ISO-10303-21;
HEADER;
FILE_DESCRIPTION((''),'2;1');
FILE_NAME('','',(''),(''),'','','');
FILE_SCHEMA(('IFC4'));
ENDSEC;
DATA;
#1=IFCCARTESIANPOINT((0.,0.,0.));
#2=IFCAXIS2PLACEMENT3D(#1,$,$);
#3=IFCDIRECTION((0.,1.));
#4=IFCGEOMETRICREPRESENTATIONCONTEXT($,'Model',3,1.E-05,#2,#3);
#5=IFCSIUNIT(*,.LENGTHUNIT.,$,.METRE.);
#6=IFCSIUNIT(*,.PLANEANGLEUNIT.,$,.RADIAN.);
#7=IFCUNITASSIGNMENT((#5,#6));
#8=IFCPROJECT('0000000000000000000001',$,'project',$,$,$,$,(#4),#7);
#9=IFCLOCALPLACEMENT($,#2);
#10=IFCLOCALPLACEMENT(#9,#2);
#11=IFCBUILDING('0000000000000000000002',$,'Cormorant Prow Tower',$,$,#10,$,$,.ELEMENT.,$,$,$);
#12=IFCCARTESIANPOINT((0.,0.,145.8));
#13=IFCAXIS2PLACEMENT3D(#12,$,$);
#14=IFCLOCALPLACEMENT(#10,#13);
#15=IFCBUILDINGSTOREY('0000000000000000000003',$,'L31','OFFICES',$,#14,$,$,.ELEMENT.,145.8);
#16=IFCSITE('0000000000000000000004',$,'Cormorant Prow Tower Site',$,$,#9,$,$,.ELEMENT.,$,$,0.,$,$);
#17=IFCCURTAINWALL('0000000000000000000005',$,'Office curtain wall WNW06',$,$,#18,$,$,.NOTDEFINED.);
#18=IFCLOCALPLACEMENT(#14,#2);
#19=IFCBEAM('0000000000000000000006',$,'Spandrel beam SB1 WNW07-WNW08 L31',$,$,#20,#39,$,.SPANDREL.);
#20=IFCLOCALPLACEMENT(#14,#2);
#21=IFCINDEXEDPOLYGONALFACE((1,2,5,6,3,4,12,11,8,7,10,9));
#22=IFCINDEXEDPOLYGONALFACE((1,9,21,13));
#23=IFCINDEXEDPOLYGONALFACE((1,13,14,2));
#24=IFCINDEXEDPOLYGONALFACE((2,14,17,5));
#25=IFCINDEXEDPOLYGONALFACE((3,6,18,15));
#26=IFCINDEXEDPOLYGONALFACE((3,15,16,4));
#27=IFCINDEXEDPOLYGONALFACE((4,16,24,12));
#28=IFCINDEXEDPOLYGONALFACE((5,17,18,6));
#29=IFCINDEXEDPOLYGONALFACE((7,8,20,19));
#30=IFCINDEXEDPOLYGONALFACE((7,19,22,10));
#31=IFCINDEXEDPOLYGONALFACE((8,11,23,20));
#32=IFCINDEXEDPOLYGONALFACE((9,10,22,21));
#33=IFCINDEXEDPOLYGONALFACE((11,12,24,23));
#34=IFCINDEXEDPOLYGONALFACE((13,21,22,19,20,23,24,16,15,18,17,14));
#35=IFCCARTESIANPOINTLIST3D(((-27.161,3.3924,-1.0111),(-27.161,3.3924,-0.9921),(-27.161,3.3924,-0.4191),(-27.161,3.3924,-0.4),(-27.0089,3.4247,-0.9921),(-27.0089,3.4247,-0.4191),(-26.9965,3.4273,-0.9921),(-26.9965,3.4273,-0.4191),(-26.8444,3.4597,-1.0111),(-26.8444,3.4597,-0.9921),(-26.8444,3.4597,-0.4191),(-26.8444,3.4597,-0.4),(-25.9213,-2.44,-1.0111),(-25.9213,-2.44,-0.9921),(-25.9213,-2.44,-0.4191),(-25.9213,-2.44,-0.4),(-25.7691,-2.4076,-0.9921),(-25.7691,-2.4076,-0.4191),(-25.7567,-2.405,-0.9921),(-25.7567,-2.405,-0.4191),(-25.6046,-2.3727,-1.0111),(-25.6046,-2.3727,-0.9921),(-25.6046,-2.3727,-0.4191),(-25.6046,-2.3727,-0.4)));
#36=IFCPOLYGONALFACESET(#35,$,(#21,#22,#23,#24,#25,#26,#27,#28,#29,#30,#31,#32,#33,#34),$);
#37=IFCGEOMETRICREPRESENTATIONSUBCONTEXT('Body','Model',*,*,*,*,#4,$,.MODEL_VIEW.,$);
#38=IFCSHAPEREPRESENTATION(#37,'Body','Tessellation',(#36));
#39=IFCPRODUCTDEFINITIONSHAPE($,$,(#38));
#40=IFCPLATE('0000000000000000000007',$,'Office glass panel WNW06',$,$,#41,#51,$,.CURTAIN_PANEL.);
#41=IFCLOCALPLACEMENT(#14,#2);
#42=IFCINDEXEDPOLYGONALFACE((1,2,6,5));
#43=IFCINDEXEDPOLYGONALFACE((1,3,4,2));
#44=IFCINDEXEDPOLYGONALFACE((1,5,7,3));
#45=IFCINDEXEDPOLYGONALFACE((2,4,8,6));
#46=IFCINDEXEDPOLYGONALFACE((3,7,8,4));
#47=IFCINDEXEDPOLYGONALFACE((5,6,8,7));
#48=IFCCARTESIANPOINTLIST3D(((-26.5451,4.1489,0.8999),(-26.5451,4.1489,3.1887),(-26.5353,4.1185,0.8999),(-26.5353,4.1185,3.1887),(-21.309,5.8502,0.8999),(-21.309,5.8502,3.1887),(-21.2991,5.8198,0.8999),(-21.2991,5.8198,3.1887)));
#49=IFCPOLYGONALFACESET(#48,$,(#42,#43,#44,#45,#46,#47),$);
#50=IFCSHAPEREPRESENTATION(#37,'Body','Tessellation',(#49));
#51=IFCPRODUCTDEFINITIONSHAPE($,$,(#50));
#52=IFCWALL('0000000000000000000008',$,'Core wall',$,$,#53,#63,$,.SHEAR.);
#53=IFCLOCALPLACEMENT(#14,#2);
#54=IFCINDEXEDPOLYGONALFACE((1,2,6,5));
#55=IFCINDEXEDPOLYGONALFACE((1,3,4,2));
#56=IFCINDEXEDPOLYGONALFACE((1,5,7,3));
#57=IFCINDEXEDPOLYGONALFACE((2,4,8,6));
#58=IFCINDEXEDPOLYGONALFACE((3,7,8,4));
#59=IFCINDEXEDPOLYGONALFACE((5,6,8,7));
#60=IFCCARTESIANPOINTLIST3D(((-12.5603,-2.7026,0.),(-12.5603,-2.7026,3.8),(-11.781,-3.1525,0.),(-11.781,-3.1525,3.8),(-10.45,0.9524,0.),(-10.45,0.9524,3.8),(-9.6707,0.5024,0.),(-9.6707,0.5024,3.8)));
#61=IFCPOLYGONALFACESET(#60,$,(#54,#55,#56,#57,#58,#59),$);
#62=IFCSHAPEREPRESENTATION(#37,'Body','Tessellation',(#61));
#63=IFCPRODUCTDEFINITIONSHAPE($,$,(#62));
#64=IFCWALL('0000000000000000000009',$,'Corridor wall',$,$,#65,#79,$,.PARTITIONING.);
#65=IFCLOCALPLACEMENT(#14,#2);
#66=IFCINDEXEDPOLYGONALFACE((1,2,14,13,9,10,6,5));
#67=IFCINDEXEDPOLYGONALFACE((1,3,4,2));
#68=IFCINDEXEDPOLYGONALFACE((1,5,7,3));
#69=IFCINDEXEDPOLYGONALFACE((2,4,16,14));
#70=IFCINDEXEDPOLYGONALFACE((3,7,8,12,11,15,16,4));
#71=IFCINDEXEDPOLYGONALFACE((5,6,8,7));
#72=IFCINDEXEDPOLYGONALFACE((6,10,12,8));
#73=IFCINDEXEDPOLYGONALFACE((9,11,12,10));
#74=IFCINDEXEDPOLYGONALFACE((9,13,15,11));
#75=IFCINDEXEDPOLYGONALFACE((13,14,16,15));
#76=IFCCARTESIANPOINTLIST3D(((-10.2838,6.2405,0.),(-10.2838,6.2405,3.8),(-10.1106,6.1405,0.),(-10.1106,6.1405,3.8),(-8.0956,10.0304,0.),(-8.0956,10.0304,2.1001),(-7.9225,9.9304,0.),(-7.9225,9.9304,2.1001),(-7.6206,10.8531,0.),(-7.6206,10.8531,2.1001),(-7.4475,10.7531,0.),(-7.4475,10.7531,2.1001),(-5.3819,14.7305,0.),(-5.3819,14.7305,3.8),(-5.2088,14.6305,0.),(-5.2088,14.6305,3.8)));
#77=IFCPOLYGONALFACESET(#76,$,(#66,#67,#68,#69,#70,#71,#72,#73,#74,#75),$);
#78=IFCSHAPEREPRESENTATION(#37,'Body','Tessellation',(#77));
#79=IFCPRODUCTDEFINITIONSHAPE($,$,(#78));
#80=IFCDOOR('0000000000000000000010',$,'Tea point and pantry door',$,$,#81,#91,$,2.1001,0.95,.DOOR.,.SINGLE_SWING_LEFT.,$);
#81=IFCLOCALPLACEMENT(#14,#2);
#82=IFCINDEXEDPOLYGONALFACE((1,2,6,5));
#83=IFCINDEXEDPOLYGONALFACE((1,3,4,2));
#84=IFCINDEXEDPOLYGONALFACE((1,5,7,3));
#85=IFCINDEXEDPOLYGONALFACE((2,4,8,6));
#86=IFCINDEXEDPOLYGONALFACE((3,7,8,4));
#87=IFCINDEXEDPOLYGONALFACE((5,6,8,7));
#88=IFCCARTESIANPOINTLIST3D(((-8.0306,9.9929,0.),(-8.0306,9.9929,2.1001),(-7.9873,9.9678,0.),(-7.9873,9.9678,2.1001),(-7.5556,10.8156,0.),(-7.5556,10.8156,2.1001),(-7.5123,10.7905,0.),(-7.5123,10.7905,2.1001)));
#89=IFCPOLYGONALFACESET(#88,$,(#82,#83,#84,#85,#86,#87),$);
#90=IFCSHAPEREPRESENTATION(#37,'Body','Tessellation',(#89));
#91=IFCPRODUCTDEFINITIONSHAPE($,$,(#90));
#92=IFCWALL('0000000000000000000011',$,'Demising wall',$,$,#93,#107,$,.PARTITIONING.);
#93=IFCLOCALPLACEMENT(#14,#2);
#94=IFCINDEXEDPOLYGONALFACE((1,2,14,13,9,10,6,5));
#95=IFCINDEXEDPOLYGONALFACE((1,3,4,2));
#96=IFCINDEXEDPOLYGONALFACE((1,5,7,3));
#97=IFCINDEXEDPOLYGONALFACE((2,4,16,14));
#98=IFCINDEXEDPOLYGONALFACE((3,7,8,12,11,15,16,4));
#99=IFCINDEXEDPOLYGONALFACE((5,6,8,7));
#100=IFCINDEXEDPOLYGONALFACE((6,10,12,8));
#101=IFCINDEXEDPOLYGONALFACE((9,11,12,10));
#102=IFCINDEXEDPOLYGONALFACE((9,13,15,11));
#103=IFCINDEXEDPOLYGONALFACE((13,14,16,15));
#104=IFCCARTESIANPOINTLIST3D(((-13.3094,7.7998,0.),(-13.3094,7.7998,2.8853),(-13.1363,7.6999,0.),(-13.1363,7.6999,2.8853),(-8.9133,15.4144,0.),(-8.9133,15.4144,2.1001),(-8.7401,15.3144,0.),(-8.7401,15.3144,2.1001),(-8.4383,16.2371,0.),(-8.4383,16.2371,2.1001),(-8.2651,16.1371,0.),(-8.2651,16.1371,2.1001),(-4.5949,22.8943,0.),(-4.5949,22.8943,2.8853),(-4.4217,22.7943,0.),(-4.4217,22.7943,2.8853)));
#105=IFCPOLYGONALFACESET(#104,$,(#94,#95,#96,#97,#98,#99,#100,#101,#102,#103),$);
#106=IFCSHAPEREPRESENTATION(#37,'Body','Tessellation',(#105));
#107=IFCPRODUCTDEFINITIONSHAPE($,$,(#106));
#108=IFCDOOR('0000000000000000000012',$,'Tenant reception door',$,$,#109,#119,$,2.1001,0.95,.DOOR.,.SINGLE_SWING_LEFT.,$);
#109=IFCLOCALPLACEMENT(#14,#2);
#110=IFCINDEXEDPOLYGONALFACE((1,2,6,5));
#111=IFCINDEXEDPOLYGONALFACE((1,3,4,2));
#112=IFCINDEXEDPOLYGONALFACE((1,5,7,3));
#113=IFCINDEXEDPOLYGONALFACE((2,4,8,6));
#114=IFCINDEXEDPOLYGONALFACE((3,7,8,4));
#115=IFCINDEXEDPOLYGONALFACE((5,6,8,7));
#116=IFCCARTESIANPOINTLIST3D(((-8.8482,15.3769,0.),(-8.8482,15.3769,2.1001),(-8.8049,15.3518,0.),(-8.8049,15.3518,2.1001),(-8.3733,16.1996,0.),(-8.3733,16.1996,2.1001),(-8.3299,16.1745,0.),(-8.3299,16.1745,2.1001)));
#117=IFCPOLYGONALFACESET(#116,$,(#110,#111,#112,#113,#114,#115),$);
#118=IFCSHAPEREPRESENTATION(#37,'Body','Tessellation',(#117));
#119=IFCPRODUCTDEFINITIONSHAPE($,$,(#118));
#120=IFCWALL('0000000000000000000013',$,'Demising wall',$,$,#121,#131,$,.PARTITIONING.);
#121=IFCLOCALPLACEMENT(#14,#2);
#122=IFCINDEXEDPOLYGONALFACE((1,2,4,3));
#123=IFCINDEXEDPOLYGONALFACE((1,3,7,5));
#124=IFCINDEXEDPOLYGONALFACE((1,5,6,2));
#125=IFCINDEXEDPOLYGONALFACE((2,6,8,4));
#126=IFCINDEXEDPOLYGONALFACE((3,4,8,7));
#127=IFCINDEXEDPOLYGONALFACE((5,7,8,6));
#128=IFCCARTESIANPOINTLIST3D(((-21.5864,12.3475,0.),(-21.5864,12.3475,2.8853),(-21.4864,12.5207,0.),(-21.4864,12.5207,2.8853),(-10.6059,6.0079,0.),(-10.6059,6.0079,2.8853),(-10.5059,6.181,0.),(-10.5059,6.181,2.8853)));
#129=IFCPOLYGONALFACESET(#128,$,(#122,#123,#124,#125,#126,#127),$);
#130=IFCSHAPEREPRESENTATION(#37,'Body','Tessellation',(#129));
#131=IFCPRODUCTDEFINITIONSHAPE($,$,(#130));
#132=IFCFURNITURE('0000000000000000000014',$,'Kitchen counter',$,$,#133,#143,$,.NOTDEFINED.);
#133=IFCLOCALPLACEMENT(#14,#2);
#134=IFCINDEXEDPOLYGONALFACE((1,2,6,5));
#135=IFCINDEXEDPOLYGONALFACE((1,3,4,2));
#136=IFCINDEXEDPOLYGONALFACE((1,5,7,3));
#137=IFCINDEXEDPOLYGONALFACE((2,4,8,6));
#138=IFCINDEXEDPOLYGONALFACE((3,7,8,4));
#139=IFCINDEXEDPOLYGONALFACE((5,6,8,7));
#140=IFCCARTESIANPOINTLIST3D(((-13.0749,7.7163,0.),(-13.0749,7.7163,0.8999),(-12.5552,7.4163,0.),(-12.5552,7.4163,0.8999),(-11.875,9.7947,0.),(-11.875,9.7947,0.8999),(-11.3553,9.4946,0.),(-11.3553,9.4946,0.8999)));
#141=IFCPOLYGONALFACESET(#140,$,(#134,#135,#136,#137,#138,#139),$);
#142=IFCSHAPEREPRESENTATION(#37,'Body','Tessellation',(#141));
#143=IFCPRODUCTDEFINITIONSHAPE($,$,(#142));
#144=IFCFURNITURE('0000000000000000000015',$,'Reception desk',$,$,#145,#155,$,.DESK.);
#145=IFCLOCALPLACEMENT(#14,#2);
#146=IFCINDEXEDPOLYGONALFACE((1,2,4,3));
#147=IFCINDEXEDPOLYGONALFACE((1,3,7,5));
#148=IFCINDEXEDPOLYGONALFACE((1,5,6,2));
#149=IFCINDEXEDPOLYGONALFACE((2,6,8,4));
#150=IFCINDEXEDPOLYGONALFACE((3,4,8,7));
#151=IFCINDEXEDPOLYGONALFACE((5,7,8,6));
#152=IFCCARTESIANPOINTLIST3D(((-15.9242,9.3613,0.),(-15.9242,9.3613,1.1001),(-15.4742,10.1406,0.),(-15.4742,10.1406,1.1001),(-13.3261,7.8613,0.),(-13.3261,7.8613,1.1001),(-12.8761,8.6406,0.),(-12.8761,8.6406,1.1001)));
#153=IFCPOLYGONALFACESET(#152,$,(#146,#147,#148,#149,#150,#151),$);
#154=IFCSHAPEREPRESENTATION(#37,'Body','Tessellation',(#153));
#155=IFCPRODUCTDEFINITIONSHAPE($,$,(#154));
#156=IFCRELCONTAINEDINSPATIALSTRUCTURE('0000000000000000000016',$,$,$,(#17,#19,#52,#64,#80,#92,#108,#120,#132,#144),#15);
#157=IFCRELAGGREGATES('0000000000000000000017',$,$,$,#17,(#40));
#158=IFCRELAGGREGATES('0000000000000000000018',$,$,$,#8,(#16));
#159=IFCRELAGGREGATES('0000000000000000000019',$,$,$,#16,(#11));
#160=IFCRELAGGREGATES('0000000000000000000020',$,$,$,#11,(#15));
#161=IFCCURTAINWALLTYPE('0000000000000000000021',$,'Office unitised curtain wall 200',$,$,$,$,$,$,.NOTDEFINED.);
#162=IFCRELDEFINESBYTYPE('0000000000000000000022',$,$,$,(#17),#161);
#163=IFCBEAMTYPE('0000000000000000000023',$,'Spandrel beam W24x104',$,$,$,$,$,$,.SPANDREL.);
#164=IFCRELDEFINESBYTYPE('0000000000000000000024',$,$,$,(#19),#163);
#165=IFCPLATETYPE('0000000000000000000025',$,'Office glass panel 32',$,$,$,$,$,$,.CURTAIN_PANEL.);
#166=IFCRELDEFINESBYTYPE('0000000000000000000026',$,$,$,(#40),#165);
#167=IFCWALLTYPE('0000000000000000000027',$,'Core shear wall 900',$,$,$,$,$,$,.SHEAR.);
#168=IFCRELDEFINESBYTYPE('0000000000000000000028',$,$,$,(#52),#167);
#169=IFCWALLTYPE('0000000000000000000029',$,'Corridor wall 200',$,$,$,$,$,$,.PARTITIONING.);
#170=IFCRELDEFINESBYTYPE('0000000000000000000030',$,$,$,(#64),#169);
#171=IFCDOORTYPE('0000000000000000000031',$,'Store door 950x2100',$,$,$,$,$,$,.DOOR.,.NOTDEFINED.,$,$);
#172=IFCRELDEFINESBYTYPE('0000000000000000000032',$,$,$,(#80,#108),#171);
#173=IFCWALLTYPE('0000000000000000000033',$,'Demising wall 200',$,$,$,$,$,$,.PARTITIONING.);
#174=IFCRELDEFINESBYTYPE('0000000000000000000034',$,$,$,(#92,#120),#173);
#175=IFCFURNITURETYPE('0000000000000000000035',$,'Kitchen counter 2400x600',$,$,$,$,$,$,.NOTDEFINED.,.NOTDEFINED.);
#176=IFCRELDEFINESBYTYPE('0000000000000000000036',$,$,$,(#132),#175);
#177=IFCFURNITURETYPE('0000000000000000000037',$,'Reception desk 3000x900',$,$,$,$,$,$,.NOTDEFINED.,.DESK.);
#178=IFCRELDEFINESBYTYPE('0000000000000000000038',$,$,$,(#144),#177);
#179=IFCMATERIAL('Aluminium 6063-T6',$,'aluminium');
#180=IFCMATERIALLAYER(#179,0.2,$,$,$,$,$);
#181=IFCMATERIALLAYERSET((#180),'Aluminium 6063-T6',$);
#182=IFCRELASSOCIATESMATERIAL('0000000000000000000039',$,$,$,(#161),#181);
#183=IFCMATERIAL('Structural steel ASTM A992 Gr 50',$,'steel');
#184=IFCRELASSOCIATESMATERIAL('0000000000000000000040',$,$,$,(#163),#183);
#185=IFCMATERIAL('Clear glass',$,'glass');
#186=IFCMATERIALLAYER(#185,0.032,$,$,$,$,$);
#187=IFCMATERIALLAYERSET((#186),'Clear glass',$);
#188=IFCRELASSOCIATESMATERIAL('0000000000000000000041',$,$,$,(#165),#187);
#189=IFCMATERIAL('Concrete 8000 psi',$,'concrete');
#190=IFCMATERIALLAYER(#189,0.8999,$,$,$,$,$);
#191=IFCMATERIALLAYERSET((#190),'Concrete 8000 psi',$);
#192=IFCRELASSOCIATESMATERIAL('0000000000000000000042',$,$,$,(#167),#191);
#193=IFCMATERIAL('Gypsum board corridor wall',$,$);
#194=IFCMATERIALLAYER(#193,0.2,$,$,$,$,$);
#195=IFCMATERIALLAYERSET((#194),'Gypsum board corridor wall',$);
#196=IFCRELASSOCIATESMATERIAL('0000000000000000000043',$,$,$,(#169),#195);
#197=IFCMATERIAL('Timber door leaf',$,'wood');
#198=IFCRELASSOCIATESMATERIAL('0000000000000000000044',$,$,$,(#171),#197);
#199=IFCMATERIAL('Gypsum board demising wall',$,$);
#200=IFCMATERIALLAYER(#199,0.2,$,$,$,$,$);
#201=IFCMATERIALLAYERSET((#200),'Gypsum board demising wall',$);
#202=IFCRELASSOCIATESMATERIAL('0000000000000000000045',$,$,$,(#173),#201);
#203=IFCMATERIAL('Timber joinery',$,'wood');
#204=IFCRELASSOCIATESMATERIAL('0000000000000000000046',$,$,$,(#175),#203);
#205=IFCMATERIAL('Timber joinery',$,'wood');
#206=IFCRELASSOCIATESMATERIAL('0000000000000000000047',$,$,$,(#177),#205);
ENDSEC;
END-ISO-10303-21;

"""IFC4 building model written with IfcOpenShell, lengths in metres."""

from ifc_helpers import new_model, si_unit, direction, frame, frame_2d, origin, origin_2d, place, context, subcontext, project, spatial, rectangle, i_section, extrude, material, layer, layer_set, material_profile, profile_set, type_object, element, fill, aggregate, save


model = new_model("IFC4")

# Units and contexts
model_context = context("Model", 3, precision=1e-05, world=origin(), true_north=direction((0.0, 1.0)))
body_context = subcontext(model_context, "Body", "Model", "MODEL_VIEW")
ifc_project = project(units=[si_unit("LENGTHUNIT", "METRE"), si_unit("PLANEANGLEUNIT", "RADIAN")], contexts=[model_context])

# Site, building, storey
site_placement = place(None, origin())
site = spatial("IfcSite", under=ifc_project, at=site_placement, Name="Cormorant Prow Tower Site", CompositionType="ELEMENT", RefElevation=0.0)
building_placement = place(site_placement, origin())
building = spatial("IfcBuilding", under=site, at=building_placement, Name="Cormorant Prow Tower", CompositionType="ELEMENT")
storey_placement = place(building_placement, frame((0.0, 0.0, 145.8)))
storey = spatial("IfcBuildingStorey", under=building, at=storey_placement, Name="L31", Description="OFFICES", CompositionType="ELEMENT", Elevation=145.8)

# Curtain wall
ifc_material_1 = material(Name="Aluminium 6063-T6", Category="aluminium")
ifc_layer_1 = layer(ifc_material_1, 0.2)
ifc_layer_set_1 = layer_set([ifc_layer_1], Name="Aluminium 6063-T6")
curtain_wall_type = type_object("IfcCurtainWallType", Name="Office unitised curtain wall 200", PredefinedType="NOTDEFINED", material=ifc_layer_set_1)
curtain_wall_placement = place(storey_placement, origin())
curtain_wall = element("IfcCurtainWall", 1, at=curtain_wall_placement, inside=storey, type_object=curtain_wall_type, Name="Office curtain wall WNW06", PredefinedType="NOTDEFINED")

# Beam
ifc_material_2 = material(Name="Structural steel ASTM A992 Gr 50", Category="steel")
ifc_material_profile_1 = material_profile(ifc_material_2, i_section(OverallWidth=0.3237, OverallDepth=0.6111, WebThickness=0.0127, FlangeThickness=0.019, at=origin_2d()), Name="W24x104")
ifc_profile_set_1 = profile_set([ifc_material_profile_1], Name="Structural steel ASTM A992 Gr 50")
beam_type_1 = type_object("IfcBeamType", Name="Spandrel beam W24x104", PredefinedType="SPANDREL", material=ifc_profile_set_1)
beam_1_placement = place(storey_placement, frame((-27.0027, 3.426, -0.7056), z_axis=(0.207921, -0.978146, 0.0), x_axis=(0.978146, 0.207921, 0.0)))
element("IfcBeam", 2, at=beam_1_placement, inside=storey, type_object=beam_type_1, Name="Spandrel beam SB1 WNW07-WNW08 L31", PredefinedType="SPANDREL", context=body_context, shape_type="SweptSolid", body=[
    extrude(i_section(OverallWidth=0.3237, OverallDepth=0.6111, WebThickness=0.0127, FlangeThickness=0.019, at=origin_2d()), origin(), (0.0, 0.0, 1.0), 5.9626),
])

# Plate
ifc_material_3 = material(Name="Clear glass", Category="glass")
ifc_layer_2 = layer(ifc_material_3, 0.032)
ifc_layer_set_2 = layer_set([ifc_layer_2], Name="Clear glass")
plate_type = type_object("IfcPlateType", Name="Office glass panel 32", PredefinedType="CURTAIN_PANEL", material=ifc_layer_set_2)
plate_placement = place(storey_placement, frame((-23.9221, 4.9844, 0.8999), z_axis=(0.0, 0.0, 1.0), x_axis=(-0.951057, -0.309017, 0.0)))
plate = element("IfcPlate", 3, at=plate_placement, type_object=plate_type, Name="Office glass panel WNW06", PredefinedType="CURTAIN_PANEL", context=body_context, shape_type="SweptSolid", body=[
    extrude(rectangle(XDim=5.5056, YDim=0.032, at=origin_2d()), origin(), (0.0, 0.0, 1.0), 2.2888),
])
aggregate(curtain_wall, [plate])

# Wall
ifc_material_4 = material(Name="Concrete 8000 psi", Category="concrete")
ifc_layer_3 = layer(ifc_material_4, 0.8999)
ifc_layer_set_3 = layer_set([ifc_layer_3], Name="Concrete 8000 psi")
wall_type_1 = type_object("IfcWallType", Name="Core shear wall 900", PredefinedType="SHEAR", material=ifc_layer_set_3)
wall_1_placement = place(storey_placement, frame((-10.0603, 0.7275, 0.0), z_axis=(0.0, 0.0, 1.0), x_axis=(-0.500021, -0.866013, 0.0)))
element("IfcWall", 4, at=wall_1_placement, inside=storey, type_object=wall_type_1, Name="Core wall", PredefinedType="SHEAR", context=body_context, shape_type="SweptSolid", body=[
    extrude(rectangle(XDim=4.2205, YDim=0.8999, at=frame_2d((2.1104, 0.0))), origin(), (0.0, 0.0, 1.0), 3.8),
])

# Walls, openings, doors
ifc_material_5 = material(Name="Gypsum board corridor wall")
ifc_layer_4 = layer(ifc_material_5, 0.2)
ifc_layer_set_4 = layer_set([ifc_layer_4], Name="Gypsum board corridor wall")
wall_type_2 = type_object("IfcWallType", Name="Corridor wall 200", PredefinedType="PARTITIONING", material=ifc_layer_set_4)
wall_2_placement = place(storey_placement, frame((-10.1973, 6.1904, 0.0), z_axis=(0.0, 0.0, 1.0), x_axis=(0.500012, 0.866018, 0.0)))
wall_2 = element("IfcWall", 5, at=wall_2_placement, inside=storey, type_object=wall_type_2, Name="Corridor wall", PredefinedType="PARTITIONING", context=body_context, shape_type="SweptSolid", body=[
    extrude(rectangle(XDim=9.8035, YDim=0.2, at=frame_2d((4.9019, 0.0))), origin(), (0.0, 0.0, 1.0), 3.8),
])
opening_1_placement = place(wall_2_placement, frame((4.3762, 0.0, 0.0)))
opening_1 = element("IfcOpeningElement", 6, at=opening_1_placement, cuts=wall_2, PredefinedType="OPENING", context=body_context, shape_type="SweptSolid", body=[
    extrude(rectangle(XDim=0.95, YDim=2.1001, at=frame_2d((0.4751, 1.05))), frame((0.0, 0.1099, 0.0), z_axis=(0.0, -1.0, 0.0), x_axis=(1.0, 0.0, 0.0)), (0.0, 0.0, 1.0), 0.22),
])
ifc_material_6 = material(Name="Timber door leaf", Category="wood")
door_type_1 = type_object("IfcDoorType", Name="Store door 950x2100", OperationType="NOTDEFINED", PredefinedType="DOOR", material=ifc_material_6)
door_1_placement = place(opening_1_placement, origin())
door_1 = element("IfcDoor", 7, at=door_1_placement, inside=storey, type_object=door_type_1, Name="Tea point and pantry door", OperationType="SINGLE_SWING_LEFT", OverallHeight=2.1001, OverallWidth=0.95, PredefinedType="DOOR", context=body_context, shape_type="SweptSolid", body=[
    extrude(rectangle(XDim=0.95, YDim=2.1001, at=frame_2d((0.4751, 1.05))), frame((0.0, 0.0249, 0.0), z_axis=(0.0, -1.0, 0.0), x_axis=(1.0, 0.0, 0.0)), (0.0, 0.0, 1.0), 0.05),
])
fill(opening_1, door_1)
ifc_material_7 = material(Name="Gypsum board demising wall")
ifc_layer_5 = layer(ifc_material_7, 0.2)
ifc_layer_set_5 = layer_set([ifc_layer_5], Name="Gypsum board demising wall")
wall_type_3 = type_object("IfcWallType", Name="Demising wall 200", PredefinedType="PARTITIONING", material=ifc_layer_set_5)
wall_3_placement = place(storey_placement, frame((-13.2229, 7.7498, 0.0), z_axis=(0.0, 0.0, 1.0), x_axis=(0.499991, 0.86603, 0.0)))
wall_3 = element("IfcWall", 8, at=wall_3_placement, inside=storey, type_object=wall_type_3, Name="Demising wall", PredefinedType="PARTITIONING", context=body_context, shape_type="SweptSolid", body=[
    extrude(rectangle(XDim=17.4294, YDim=0.2, at=frame_2d((8.7148, 0.0))), origin(), (0.0, 0.0, 1.0), 2.8853),
])
opening_2_placement = place(wall_3_placement, frame((8.7925, 0.0, 0.0)))
opening_2 = element("IfcOpeningElement", 9, at=opening_2_placement, cuts=wall_3, PredefinedType="OPENING", context=body_context, shape_type="SweptSolid", body=[
    extrude(rectangle(XDim=0.95, YDim=2.1001, at=frame_2d((0.4751, 1.05))), frame((0.0, 0.1099, 0.0), z_axis=(0.0, -1.0, 0.0), x_axis=(1.0, 0.0, 0.0)), (0.0, 0.0, 1.0), 0.22),
])
door_2_placement = place(opening_2_placement, origin())
door_2 = element("IfcDoor", 10, at=door_2_placement, inside=storey, type_object=door_type_1, Name="Tenant reception door", OperationType="SINGLE_SWING_LEFT", OverallHeight=2.1001, OverallWidth=0.95, PredefinedType="DOOR", context=body_context, shape_type="SweptSolid", body=[
    extrude(rectangle(XDim=0.95, YDim=2.1001, at=frame_2d((0.4751, 1.05))), frame((0.0, 0.0249, 0.0), z_axis=(0.0, -1.0, 0.0), x_axis=(1.0, 0.0, 0.0)), (0.0, 0.0, 1.0), 0.05),
])
fill(opening_2, door_2)

# Wall
wall_4_placement = place(storey_placement, frame((-21.5364, 12.4341, 0.0), z_axis=(0.0, 0.0, 1.0), x_axis=(0.866025, -0.500001, 0.0)))
element("IfcWall", 11, at=wall_4_placement, inside=storey, type_object=wall_type_3, Name="Demising wall", PredefinedType="PARTITIONING", context=body_context, shape_type="SweptSolid", body=[
    extrude(rectangle(XDim=12.6792, YDim=0.2, at=frame_2d((6.3396, 0.0))), origin(), (0.0, 0.0, 1.0), 2.8853),
])

# Furniture
ifc_material_8 = material(Name="Timber joinery", Category="wood")
furniture_type_1 = type_object("IfcFurnitureType", Name="Kitchen counter 2400x600", AssemblyPlace="NOTDEFINED", PredefinedType="NOTDEFINED", material=ifc_material_8)
furniture_1_placement = place(storey_placement, frame((-12.2151, 8.6055, 0.0), z_axis=(0.0, 0.0, 1.0), x_axis=(0.5, 0.866025, 0.0)))
element("IfcFurniture", 12, at=furniture_1_placement, inside=storey, type_object=furniture_type_1, Name="Kitchen counter", PredefinedType="NOTDEFINED", context=body_context, shape_type="SweptSolid", body=[
    extrude(rectangle(XDim=2.3999, YDim=0.6001, at=origin_2d()), origin(), (0.0, 0.0, 1.0), 0.8999),
])
ifc_material_9 = material(Name="Timber joinery", Category="wood")
furniture_type_2 = type_object("IfcFurnitureType", Name="Reception desk 3000x900", AssemblyPlace="NOTDEFINED", PredefinedType="DESK", material=ifc_material_9)
furniture_2_placement = place(storey_placement, frame((-14.4001, 9.001, 0.0), z_axis=(0.0, 0.0, 1.0), x_axis=(-0.866025, 0.5, 0.0)))
element("IfcFurniture", 13, at=furniture_2_placement, inside=storey, type_object=furniture_type_2, Name="Reception desk", PredefinedType="DESK", context=body_context, shape_type="SweptSolid", body=[
    extrude(rectangle(XDim=3.0, YDim=0.8999, at=origin_2d()), origin(), (0.0, 0.0, 1.0), 1.1001),
])

save(model, "model.ifc")
